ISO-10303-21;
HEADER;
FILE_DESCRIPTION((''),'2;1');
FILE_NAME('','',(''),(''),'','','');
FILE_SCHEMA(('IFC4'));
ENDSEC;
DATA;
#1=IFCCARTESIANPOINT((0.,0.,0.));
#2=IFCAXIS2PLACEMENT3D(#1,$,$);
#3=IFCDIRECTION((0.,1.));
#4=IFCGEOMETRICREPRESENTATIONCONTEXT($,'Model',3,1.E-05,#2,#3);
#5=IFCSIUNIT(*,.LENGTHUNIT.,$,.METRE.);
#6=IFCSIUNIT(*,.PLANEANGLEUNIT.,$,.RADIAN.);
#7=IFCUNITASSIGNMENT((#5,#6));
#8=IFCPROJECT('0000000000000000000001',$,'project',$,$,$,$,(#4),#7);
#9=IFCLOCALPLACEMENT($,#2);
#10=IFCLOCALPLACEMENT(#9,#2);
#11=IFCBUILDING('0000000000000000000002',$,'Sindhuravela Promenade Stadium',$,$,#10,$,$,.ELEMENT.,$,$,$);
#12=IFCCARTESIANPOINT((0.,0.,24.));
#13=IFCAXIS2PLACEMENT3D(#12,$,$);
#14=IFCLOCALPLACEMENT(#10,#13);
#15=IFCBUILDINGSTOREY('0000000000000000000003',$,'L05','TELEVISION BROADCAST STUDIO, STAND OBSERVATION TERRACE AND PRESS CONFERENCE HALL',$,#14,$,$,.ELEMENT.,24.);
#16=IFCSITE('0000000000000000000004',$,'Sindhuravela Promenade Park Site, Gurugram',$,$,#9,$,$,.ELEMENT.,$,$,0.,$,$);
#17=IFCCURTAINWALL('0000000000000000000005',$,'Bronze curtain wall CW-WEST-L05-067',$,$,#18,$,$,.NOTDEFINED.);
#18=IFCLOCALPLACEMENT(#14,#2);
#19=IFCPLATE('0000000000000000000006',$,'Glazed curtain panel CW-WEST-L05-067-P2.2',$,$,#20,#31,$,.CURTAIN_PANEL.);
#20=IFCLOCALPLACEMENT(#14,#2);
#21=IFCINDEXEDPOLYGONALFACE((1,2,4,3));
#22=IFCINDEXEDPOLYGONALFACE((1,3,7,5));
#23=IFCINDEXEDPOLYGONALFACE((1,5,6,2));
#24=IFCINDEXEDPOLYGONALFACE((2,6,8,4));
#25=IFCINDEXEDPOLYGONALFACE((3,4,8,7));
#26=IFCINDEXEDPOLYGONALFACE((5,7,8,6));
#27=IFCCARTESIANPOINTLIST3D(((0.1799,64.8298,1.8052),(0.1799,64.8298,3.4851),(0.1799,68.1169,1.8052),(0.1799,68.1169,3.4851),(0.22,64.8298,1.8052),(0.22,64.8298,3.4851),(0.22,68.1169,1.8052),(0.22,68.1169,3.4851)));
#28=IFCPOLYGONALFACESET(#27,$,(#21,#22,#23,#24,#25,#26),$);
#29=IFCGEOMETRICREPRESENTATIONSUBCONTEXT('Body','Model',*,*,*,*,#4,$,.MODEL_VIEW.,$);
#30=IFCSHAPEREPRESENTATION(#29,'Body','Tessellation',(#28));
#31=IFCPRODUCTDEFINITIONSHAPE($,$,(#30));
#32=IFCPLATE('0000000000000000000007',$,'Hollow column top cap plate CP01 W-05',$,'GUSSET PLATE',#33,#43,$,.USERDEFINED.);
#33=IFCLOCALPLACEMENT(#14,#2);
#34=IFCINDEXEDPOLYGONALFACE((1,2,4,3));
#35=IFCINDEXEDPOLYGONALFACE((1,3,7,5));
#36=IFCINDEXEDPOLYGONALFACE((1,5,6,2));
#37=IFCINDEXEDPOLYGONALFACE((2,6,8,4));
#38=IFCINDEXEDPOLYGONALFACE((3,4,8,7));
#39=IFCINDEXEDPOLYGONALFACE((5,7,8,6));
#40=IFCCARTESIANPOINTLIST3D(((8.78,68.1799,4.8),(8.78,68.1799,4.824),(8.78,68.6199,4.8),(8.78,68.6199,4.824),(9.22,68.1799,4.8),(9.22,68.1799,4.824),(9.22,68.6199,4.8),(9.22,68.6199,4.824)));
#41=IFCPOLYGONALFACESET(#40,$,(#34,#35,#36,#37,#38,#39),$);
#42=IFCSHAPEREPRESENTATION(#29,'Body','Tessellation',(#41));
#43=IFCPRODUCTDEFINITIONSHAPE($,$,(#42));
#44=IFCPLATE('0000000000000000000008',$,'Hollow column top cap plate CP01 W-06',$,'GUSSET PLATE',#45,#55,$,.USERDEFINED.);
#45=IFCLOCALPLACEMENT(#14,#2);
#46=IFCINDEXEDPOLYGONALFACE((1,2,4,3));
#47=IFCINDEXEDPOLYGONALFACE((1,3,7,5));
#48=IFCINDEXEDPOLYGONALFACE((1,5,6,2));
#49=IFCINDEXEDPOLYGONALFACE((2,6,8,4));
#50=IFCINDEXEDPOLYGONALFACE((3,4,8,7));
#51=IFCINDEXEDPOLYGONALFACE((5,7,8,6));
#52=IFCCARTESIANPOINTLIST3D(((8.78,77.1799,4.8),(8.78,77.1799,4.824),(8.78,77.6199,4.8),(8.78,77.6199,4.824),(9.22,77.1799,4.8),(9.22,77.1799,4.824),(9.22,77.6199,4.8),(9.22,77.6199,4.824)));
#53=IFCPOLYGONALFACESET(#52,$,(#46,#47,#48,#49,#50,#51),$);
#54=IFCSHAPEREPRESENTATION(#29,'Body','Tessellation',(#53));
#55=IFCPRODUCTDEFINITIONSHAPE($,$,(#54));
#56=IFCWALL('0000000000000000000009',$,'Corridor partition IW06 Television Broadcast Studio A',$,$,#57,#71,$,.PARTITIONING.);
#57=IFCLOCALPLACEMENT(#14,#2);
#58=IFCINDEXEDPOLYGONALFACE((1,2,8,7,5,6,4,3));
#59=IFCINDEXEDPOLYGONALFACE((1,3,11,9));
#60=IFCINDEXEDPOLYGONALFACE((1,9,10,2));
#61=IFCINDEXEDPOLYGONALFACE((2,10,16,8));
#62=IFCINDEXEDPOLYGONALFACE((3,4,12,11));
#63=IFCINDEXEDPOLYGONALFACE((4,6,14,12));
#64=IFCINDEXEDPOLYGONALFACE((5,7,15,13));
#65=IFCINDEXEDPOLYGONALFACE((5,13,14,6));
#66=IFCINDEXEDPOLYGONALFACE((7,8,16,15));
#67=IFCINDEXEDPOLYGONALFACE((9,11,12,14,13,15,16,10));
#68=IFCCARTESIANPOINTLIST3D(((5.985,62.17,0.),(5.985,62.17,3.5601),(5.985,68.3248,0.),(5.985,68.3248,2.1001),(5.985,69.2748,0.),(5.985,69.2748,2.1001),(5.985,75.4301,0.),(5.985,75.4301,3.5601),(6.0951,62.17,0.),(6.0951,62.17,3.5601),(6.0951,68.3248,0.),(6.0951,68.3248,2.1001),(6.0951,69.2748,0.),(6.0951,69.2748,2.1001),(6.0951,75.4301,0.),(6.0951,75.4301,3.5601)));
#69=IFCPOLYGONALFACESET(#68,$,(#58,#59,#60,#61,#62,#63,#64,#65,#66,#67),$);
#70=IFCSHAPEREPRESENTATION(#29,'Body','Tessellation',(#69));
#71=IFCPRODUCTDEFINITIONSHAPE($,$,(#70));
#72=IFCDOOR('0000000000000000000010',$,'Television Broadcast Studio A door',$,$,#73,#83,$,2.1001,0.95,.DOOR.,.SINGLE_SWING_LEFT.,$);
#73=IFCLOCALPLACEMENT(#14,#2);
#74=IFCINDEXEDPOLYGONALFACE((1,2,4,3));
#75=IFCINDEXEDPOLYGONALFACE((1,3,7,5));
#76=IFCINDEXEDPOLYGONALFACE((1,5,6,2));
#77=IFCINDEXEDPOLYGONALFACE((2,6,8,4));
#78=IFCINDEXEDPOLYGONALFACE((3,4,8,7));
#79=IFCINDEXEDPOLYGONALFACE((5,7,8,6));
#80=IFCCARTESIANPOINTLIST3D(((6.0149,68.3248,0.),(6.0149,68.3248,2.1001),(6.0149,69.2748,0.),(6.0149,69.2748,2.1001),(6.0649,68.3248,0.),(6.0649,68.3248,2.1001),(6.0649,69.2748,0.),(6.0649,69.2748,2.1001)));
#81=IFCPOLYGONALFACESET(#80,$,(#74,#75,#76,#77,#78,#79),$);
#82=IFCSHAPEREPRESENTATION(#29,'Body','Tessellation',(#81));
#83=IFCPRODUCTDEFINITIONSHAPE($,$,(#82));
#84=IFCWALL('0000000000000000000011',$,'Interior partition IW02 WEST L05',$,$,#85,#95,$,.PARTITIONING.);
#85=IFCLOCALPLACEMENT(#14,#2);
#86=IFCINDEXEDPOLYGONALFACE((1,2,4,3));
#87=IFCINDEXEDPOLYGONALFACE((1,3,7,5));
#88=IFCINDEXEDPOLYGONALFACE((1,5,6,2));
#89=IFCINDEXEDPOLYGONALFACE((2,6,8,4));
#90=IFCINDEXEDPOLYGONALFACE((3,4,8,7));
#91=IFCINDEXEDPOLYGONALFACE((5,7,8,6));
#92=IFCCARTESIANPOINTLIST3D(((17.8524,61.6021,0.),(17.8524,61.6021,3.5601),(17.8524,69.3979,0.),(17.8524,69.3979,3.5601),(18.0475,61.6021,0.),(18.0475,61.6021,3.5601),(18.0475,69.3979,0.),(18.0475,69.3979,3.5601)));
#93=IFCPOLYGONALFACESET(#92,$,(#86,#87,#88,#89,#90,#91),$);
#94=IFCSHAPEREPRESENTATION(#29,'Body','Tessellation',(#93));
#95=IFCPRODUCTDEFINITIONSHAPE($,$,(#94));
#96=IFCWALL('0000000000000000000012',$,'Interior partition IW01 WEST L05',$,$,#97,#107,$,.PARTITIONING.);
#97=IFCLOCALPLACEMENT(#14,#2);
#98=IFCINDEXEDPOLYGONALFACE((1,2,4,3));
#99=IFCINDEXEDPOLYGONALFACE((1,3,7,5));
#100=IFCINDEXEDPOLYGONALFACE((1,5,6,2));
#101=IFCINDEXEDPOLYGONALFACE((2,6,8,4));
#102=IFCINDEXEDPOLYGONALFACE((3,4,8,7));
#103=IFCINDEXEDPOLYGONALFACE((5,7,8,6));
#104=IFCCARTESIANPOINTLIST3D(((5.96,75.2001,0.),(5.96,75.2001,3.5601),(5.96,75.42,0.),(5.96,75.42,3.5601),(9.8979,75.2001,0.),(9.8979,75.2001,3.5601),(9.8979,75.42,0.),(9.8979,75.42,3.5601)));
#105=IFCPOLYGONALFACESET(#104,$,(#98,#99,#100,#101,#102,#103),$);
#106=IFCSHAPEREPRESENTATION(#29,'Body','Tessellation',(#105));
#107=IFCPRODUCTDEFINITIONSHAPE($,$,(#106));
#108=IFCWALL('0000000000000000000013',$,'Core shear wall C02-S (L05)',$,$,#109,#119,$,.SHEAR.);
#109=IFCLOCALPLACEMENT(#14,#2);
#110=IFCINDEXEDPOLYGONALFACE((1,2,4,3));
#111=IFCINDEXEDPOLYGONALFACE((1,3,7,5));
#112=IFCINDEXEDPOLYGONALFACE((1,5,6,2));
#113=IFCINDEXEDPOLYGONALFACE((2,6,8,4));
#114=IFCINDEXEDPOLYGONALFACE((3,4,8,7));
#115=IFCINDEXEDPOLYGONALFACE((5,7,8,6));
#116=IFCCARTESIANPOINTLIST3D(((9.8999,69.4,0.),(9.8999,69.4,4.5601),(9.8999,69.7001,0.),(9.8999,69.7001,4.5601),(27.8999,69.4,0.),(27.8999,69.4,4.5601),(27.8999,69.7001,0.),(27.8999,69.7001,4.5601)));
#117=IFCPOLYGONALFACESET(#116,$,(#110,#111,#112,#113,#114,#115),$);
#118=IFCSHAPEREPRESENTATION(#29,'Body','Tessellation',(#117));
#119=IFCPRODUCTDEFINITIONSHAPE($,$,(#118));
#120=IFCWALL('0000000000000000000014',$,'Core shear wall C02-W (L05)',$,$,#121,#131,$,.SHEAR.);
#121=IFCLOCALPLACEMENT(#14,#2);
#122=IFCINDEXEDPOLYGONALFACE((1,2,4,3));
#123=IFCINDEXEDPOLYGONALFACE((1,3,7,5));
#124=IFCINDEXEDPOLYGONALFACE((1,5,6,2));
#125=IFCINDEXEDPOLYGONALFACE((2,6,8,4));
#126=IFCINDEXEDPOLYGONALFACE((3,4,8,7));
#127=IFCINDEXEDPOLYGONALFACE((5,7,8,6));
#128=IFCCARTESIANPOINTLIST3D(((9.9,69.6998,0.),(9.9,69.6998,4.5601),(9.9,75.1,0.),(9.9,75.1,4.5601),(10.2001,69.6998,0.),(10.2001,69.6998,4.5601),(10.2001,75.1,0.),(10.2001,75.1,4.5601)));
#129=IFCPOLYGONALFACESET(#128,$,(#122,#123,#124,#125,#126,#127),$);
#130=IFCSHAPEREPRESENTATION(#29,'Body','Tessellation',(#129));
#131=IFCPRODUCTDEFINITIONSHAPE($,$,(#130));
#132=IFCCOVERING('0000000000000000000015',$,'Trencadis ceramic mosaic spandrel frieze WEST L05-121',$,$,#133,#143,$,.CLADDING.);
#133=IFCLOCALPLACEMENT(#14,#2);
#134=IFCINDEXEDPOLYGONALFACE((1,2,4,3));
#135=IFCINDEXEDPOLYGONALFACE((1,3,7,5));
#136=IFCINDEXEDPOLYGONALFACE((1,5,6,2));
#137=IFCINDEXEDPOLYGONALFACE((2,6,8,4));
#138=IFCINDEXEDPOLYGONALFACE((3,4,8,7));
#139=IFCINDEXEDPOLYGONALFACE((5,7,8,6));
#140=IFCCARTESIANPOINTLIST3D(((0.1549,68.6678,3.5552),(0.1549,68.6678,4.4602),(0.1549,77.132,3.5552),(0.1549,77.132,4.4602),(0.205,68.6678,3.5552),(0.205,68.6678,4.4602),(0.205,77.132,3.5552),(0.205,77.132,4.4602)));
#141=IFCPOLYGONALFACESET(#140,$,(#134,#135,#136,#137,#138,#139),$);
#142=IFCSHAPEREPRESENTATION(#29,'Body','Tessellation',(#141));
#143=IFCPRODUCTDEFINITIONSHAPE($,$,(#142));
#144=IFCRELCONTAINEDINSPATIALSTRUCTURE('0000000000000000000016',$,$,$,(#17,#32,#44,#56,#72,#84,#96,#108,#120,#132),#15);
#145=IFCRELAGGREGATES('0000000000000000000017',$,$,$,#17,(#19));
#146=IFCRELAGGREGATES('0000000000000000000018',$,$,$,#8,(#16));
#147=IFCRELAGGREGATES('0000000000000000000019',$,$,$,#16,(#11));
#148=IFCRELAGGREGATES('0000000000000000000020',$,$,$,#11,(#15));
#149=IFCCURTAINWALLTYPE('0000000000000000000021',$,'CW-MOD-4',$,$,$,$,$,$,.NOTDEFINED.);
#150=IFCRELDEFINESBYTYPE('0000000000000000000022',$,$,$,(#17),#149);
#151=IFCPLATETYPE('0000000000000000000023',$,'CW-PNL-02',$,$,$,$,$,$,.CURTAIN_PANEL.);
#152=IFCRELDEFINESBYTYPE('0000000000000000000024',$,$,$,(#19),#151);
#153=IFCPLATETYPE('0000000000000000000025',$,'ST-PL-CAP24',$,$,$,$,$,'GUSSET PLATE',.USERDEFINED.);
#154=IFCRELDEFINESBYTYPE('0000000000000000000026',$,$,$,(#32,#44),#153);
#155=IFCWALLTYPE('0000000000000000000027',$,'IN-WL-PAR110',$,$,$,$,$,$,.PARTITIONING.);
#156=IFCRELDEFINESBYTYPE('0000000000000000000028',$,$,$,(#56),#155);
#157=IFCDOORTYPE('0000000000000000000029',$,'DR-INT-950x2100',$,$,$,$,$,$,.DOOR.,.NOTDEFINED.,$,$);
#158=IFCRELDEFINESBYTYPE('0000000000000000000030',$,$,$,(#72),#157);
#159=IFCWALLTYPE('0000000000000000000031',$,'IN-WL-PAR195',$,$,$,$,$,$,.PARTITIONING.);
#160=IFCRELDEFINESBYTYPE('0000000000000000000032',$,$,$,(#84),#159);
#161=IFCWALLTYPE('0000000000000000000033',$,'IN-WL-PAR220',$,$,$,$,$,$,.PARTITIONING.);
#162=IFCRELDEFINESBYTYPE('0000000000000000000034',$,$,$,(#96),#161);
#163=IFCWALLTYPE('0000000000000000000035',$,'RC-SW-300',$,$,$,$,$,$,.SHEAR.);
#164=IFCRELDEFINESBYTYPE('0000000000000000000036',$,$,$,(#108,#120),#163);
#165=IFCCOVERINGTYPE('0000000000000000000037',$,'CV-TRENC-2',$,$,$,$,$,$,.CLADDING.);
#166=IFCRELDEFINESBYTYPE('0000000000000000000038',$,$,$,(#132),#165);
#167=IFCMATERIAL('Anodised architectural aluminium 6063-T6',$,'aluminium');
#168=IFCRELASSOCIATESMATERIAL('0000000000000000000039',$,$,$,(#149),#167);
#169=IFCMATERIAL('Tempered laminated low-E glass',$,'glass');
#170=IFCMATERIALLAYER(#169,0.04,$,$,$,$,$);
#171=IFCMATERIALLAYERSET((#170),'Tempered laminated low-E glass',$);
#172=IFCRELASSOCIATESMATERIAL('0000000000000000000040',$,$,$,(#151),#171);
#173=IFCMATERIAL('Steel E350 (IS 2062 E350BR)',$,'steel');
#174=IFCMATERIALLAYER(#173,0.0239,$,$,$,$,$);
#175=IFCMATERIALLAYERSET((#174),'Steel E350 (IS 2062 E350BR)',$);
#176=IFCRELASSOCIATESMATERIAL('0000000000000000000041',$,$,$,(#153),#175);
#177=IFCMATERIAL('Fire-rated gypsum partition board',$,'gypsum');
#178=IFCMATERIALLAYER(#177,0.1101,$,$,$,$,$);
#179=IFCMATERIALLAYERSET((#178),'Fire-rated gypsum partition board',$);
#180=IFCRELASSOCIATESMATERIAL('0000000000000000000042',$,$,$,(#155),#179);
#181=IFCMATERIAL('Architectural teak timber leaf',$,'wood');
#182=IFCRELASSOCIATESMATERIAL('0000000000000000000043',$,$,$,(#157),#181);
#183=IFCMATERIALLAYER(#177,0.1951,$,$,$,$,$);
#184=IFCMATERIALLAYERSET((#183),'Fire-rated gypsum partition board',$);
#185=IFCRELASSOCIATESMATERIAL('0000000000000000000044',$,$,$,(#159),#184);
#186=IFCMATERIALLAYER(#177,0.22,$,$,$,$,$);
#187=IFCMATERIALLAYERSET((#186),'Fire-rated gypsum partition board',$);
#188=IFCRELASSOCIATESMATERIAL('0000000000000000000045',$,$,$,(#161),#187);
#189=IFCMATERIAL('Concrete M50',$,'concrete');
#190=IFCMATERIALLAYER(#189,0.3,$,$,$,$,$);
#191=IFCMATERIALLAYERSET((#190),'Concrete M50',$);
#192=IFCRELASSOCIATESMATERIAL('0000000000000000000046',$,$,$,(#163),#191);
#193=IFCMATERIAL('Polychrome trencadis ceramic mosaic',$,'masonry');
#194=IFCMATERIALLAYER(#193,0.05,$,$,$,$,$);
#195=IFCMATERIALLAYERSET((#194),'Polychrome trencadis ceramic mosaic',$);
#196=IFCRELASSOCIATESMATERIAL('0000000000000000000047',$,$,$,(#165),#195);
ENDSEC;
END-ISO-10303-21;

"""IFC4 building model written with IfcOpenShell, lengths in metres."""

from ifc_helpers import new_model, si_unit, direction, frame, frame_2d, origin, origin_2d, place, context, subcontext, project, spatial, rectangle, extrude, material, layer, layer_set, type_object, element, fill, aggregate, save


model = new_model("IFC4")

# Units and contexts
model_context = context("Model", 3, precision=1e-05, world=origin(), true_north=direction((0.0, 1.0)))
body_context = subcontext(model_context, "Body", "Model", "MODEL_VIEW")
ifc_project = project(units=[si_unit("LENGTHUNIT", "METRE"), si_unit("PLANEANGLEUNIT", "RADIAN")], contexts=[model_context])

# Site, building, storey
site_placement = place(None, origin())
site = spatial("IfcSite", under=ifc_project, at=site_placement, Name="Sindhuravela Promenade Park Site, Gurugram", CompositionType="ELEMENT", RefElevation=0.0)
building_placement = place(site_placement, origin())
building = spatial("IfcBuilding", under=site, at=building_placement, Name="Sindhuravela Promenade Stadium", CompositionType="ELEMENT")
storey_placement = place(building_placement, frame((0.0, 0.0, 24.0)))
storey = spatial("IfcBuildingStorey", under=building, at=storey_placement, Name="L05", Description="TELEVISION BROADCAST STUDIO, STAND OBSERVATION TERRACE AND PRESS CONFERENCE HALL", CompositionType="ELEMENT", Elevation=24.0)

# Shared definitions
ifc_material_1 = material(Name="Steel E350 (IS 2062 E350BR)", Category="steel")

# Curtain wall
ifc_material_2 = material(Name="Anodised architectural aluminium 6063-T6", Category="aluminium")
curtain_wall_type_1 = type_object("IfcCurtainWallType", Name="CW-MOD-4", PredefinedType="NOTDEFINED", material=ifc_material_2)
curtain_wall_1_placement = place(storey_placement, origin())
curtain_wall_1 = element("IfcCurtainWall", 1, at=curtain_wall_1_placement, inside=storey, type_object=curtain_wall_type_1, Name="Bronze curtain wall CW-WEST-L05-067", PredefinedType="NOTDEFINED")

# Plate
ifc_material_3 = material(Name="Tempered laminated low-E glass", Category="glass")
ifc_layer_1 = layer(ifc_material_3, 0.04)
ifc_layer_set_1 = layer_set([ifc_layer_1], Name="Tempered laminated low-E glass")
plate_type_1 = type_object("IfcPlateType", Name="CW-PNL-02", PredefinedType="CURTAIN_PANEL", material=ifc_layer_set_1)
plate_1_placement = place(storey_placement, frame((0.2, 66.4734, 1.8052), z_axis=(0.0, 0.0, 1.0), x_axis=(0.0, 1.0, 0.0)))
plate_1 = element("IfcPlate", 2, at=plate_1_placement, type_object=plate_type_1, Name="Glazed curtain panel CW-WEST-L05-067-P2.2", PredefinedType="CURTAIN_PANEL", context=body_context, shape_type="SweptSolid", body=[
    extrude(rectangle(XDim=3.2871, YDim=0.04, at=origin_2d()), origin(), (0.0, 0.0, 1.0), 1.6799),
])
aggregate(curtain_wall_1, [plate_1])

# Plates
ifc_layer_2 = layer(ifc_material_1, 0.0239)
ifc_layer_set_2 = layer_set([ifc_layer_2], Name="Steel E350 (IS 2062 E350BR)")
plate_type_2 = type_object("IfcPlateType", Name="ST-PL-CAP24", ElementType="GUSSET PLATE", PredefinedType="USERDEFINED", material=ifc_layer_set_2)
for number, where, z_axis, x_axis, name in (
    (3, (9.0, 68.3999, 4.8), (0.0, 0.0, 1.0), (1.0, 0.0, 0.0), "Hollow column top cap plate CP01 W-05"),
    (4, (9.0, 77.3999, 4.8), (0.0, 0.0, 1.0), (1.0, 0.0, 0.0), "Hollow column top cap plate CP01 W-06"),
):
    element("IfcPlate", number, at=place(storey_placement, frame(where, z_axis=z_axis, x_axis=x_axis)), inside=storey, type_object=plate_type_2, Name=name, ObjectType="GUSSET PLATE", PredefinedType="USERDEFINED", context=body_context, shape_type="SweptSolid", body=[
        extrude(rectangle(XDim=0.4399, YDim=0.4399, at=origin_2d()), origin(), (0.0, 0.0, 1.0), 0.0239),
    ])

# Wall, opening, door
ifc_material_4 = material(Name="Fire-rated gypsum partition board", Category="gypsum")
ifc_layer_3 = layer(ifc_material_4, 0.1101)
ifc_layer_set_3 = layer_set([ifc_layer_3], Name="Fire-rated gypsum partition board")
wall_type_1 = type_object("IfcWallType", Name="IN-WL-PAR110", PredefinedType="PARTITIONING", material=ifc_layer_set_3)
wall_1_placement = place(storey_placement, frame((6.04, 75.4299, 0.0), z_axis=(0.0, 0.0, 1.0), x_axis=(0.0, -1.0, 0.0)))
wall_1 = element("IfcWall", 5, at=wall_1_placement, inside=storey, type_object=wall_type_1, Name="Corridor partition IW06 Television Broadcast Studio A", PredefinedType="PARTITIONING", context=body_context, shape_type="SweptSolid", body=[
    extrude(rectangle(XDim=13.26, YDim=0.1101, at=frame_2d((6.6299, 0.0))), origin(), (0.0, 0.0, 1.0), 3.5601),
])
opening_placement = place(wall_1_placement, frame((6.155, 0.0, 0.0)))
opening = element("IfcOpeningElement", 6, at=opening_placement, cuts=wall_1, PredefinedType="OPENING", context=body_context, shape_type="SweptSolid", body=[
    extrude(rectangle(XDim=0.95, YDim=2.1001, at=frame_2d((0.4751, 1.05))), frame((0.0, 0.0649, 0.0), z_axis=(0.0, -1.0, 0.0), x_axis=(1.0, 0.0, 0.0)), (0.0, 0.0, 1.0), 0.1301),
])
ifc_material_5 = material(Name="Architectural teak timber leaf", Category="wood")
door_type = type_object("IfcDoorType", Name="DR-INT-950x2100", OperationType="NOTDEFINED", PredefinedType="DOOR", material=ifc_material_5)
door_placement = place(opening_placement, origin())
door = element("IfcDoor", 7, at=door_placement, inside=storey, type_object=door_type, Name="Television Broadcast Studio A door", OperationType="SINGLE_SWING_LEFT", OverallHeight=2.1001, OverallWidth=0.95, PredefinedType="DOOR", context=body_context, shape_type="SweptSolid", body=[
    extrude(rectangle(XDim=0.95, YDim=2.1001, at=frame_2d((0.4751, 1.05))), frame((0.0, 0.0249, 0.0), z_axis=(0.0, -1.0, 0.0), x_axis=(1.0, 0.0, 0.0)), (0.0, 0.0, 1.0), 0.05),
])
fill(opening, door)

# Walls
ifc_layer_4 = layer(ifc_material_4, 0.1951)
ifc_layer_set_4 = layer_set([ifc_layer_4], Name="Fire-rated gypsum partition board")
wall_type_2 = type_object("IfcWallType", Name="IN-WL-PAR195", PredefinedType="PARTITIONING", material=ifc_layer_set_4)
wall_2_placement = place(storey_placement, frame((17.95, 69.3979, 0.0), z_axis=(0.0, 0.0, 1.0), x_axis=(0.0, -1.0, 0.0)))
element("IfcWall", 8, at=wall_2_placement, inside=storey, type_object=wall_type_2, Name="Interior partition IW02 WEST L05", PredefinedType="PARTITIONING", context=body_context, shape_type="SweptSolid", body=[
    extrude(rectangle(XDim=7.7959, YDim=0.1951, at=frame_2d((3.8979, 0.0))), origin(), (0.0, 0.0, 1.0), 3.5601),
])
ifc_layer_5 = layer(ifc_material_4, 0.22)
ifc_layer_set_5 = layer_set([ifc_layer_5], Name="Fire-rated gypsum partition board")
wall_type_3 = type_object("IfcWallType", Name="IN-WL-PAR220", PredefinedType="PARTITIONING", material=ifc_layer_set_5)
wall_3_placement = place(storey_placement, frame((5.96, 75.3101, 0.0), z_axis=(0.0, 0.0, 1.0), x_axis=(1.0, 0.0, 0.0)))
element("IfcWall", 9, at=wall_3_placement, inside=storey, type_object=wall_type_3, Name="Interior partition IW01 WEST L05", PredefinedType="PARTITIONING", context=body_context, shape_type="SweptSolid", body=[
    extrude(rectangle(XDim=3.938, YDim=0.22, at=frame_2d((1.969, 0.0))), origin(), (0.0, 0.0, 1.0), 3.5601),
])
ifc_material_6 = material(Name="Concrete M50", Category="concrete")
ifc_layer_6 = layer(ifc_material_6, 0.3)
ifc_layer_set_6 = layer_set([ifc_layer_6], Name="Concrete M50")
wall_type_4 = type_object("IfcWallType", Name="RC-SW-300", PredefinedType="SHEAR", material=ifc_layer_set_6)
wall_4_placement = place(storey_placement, frame((9.8999, 69.55, 0.0), z_axis=(0.0, 0.0, 1.0), x_axis=(1.0, 0.0, 0.0)))
element("IfcWall", 10, at=wall_4_placement, inside=storey, type_object=wall_type_4, Name="Core shear wall C02-S (L05)", PredefinedType="SHEAR", context=body_context, shape_type="SweptSolid", body=[
    extrude(rectangle(XDim=18.0, YDim=0.3, at=frame_2d((9.0, 0.0))), origin(), (0.0, 0.0, 1.0), 4.5601),
])
wall_5_placement = place(storey_placement, frame((10.05, 75.1001, 0.0), z_axis=(0.0, 0.0, 1.0), x_axis=(0.0, -1.0, 0.0)))
element("IfcWall", 11, at=wall_5_placement, inside=storey, type_object=wall_type_4, Name="Core shear wall C02-W (L05)", PredefinedType="SHEAR", context=body_context, shape_type="SweptSolid", body=[
    extrude(rectangle(XDim=5.4001, YDim=0.3, at=frame_2d((2.7002, 0.0))), origin(), (0.0, 0.0, 1.0), 4.5601),
])

# Covering
ifc_material_7 = material(Name="Polychrome trencadis ceramic mosaic", Category="masonry")
ifc_layer_7 = layer(ifc_material_7, 0.05)
ifc_layer_set_7 = layer_set([ifc_layer_7], Name="Polychrome trencadis ceramic mosaic")
covering_type = type_object("IfcCoveringType", Name="CV-TRENC-2", PredefinedType="CLADDING", material=ifc_layer_set_7)
covering_placement = place(storey_placement, frame((0.1799, 72.8999, 3.5552), z_axis=(0.0, 0.0, 1.0), x_axis=(0.0, 1.0, 0.0)))
element("IfcCovering", 12, at=covering_placement, inside=storey, type_object=covering_type, Name="Trencadis ceramic mosaic spandrel frieze WEST L05-121", PredefinedType="CLADDING", context=body_context, shape_type="SweptSolid", body=[
    extrude(rectangle(XDim=8.4641, YDim=0.05, at=origin_2d()), origin(), (0.0, 0.0, 1.0), 0.905),
])

save(model, "model.ifc")
